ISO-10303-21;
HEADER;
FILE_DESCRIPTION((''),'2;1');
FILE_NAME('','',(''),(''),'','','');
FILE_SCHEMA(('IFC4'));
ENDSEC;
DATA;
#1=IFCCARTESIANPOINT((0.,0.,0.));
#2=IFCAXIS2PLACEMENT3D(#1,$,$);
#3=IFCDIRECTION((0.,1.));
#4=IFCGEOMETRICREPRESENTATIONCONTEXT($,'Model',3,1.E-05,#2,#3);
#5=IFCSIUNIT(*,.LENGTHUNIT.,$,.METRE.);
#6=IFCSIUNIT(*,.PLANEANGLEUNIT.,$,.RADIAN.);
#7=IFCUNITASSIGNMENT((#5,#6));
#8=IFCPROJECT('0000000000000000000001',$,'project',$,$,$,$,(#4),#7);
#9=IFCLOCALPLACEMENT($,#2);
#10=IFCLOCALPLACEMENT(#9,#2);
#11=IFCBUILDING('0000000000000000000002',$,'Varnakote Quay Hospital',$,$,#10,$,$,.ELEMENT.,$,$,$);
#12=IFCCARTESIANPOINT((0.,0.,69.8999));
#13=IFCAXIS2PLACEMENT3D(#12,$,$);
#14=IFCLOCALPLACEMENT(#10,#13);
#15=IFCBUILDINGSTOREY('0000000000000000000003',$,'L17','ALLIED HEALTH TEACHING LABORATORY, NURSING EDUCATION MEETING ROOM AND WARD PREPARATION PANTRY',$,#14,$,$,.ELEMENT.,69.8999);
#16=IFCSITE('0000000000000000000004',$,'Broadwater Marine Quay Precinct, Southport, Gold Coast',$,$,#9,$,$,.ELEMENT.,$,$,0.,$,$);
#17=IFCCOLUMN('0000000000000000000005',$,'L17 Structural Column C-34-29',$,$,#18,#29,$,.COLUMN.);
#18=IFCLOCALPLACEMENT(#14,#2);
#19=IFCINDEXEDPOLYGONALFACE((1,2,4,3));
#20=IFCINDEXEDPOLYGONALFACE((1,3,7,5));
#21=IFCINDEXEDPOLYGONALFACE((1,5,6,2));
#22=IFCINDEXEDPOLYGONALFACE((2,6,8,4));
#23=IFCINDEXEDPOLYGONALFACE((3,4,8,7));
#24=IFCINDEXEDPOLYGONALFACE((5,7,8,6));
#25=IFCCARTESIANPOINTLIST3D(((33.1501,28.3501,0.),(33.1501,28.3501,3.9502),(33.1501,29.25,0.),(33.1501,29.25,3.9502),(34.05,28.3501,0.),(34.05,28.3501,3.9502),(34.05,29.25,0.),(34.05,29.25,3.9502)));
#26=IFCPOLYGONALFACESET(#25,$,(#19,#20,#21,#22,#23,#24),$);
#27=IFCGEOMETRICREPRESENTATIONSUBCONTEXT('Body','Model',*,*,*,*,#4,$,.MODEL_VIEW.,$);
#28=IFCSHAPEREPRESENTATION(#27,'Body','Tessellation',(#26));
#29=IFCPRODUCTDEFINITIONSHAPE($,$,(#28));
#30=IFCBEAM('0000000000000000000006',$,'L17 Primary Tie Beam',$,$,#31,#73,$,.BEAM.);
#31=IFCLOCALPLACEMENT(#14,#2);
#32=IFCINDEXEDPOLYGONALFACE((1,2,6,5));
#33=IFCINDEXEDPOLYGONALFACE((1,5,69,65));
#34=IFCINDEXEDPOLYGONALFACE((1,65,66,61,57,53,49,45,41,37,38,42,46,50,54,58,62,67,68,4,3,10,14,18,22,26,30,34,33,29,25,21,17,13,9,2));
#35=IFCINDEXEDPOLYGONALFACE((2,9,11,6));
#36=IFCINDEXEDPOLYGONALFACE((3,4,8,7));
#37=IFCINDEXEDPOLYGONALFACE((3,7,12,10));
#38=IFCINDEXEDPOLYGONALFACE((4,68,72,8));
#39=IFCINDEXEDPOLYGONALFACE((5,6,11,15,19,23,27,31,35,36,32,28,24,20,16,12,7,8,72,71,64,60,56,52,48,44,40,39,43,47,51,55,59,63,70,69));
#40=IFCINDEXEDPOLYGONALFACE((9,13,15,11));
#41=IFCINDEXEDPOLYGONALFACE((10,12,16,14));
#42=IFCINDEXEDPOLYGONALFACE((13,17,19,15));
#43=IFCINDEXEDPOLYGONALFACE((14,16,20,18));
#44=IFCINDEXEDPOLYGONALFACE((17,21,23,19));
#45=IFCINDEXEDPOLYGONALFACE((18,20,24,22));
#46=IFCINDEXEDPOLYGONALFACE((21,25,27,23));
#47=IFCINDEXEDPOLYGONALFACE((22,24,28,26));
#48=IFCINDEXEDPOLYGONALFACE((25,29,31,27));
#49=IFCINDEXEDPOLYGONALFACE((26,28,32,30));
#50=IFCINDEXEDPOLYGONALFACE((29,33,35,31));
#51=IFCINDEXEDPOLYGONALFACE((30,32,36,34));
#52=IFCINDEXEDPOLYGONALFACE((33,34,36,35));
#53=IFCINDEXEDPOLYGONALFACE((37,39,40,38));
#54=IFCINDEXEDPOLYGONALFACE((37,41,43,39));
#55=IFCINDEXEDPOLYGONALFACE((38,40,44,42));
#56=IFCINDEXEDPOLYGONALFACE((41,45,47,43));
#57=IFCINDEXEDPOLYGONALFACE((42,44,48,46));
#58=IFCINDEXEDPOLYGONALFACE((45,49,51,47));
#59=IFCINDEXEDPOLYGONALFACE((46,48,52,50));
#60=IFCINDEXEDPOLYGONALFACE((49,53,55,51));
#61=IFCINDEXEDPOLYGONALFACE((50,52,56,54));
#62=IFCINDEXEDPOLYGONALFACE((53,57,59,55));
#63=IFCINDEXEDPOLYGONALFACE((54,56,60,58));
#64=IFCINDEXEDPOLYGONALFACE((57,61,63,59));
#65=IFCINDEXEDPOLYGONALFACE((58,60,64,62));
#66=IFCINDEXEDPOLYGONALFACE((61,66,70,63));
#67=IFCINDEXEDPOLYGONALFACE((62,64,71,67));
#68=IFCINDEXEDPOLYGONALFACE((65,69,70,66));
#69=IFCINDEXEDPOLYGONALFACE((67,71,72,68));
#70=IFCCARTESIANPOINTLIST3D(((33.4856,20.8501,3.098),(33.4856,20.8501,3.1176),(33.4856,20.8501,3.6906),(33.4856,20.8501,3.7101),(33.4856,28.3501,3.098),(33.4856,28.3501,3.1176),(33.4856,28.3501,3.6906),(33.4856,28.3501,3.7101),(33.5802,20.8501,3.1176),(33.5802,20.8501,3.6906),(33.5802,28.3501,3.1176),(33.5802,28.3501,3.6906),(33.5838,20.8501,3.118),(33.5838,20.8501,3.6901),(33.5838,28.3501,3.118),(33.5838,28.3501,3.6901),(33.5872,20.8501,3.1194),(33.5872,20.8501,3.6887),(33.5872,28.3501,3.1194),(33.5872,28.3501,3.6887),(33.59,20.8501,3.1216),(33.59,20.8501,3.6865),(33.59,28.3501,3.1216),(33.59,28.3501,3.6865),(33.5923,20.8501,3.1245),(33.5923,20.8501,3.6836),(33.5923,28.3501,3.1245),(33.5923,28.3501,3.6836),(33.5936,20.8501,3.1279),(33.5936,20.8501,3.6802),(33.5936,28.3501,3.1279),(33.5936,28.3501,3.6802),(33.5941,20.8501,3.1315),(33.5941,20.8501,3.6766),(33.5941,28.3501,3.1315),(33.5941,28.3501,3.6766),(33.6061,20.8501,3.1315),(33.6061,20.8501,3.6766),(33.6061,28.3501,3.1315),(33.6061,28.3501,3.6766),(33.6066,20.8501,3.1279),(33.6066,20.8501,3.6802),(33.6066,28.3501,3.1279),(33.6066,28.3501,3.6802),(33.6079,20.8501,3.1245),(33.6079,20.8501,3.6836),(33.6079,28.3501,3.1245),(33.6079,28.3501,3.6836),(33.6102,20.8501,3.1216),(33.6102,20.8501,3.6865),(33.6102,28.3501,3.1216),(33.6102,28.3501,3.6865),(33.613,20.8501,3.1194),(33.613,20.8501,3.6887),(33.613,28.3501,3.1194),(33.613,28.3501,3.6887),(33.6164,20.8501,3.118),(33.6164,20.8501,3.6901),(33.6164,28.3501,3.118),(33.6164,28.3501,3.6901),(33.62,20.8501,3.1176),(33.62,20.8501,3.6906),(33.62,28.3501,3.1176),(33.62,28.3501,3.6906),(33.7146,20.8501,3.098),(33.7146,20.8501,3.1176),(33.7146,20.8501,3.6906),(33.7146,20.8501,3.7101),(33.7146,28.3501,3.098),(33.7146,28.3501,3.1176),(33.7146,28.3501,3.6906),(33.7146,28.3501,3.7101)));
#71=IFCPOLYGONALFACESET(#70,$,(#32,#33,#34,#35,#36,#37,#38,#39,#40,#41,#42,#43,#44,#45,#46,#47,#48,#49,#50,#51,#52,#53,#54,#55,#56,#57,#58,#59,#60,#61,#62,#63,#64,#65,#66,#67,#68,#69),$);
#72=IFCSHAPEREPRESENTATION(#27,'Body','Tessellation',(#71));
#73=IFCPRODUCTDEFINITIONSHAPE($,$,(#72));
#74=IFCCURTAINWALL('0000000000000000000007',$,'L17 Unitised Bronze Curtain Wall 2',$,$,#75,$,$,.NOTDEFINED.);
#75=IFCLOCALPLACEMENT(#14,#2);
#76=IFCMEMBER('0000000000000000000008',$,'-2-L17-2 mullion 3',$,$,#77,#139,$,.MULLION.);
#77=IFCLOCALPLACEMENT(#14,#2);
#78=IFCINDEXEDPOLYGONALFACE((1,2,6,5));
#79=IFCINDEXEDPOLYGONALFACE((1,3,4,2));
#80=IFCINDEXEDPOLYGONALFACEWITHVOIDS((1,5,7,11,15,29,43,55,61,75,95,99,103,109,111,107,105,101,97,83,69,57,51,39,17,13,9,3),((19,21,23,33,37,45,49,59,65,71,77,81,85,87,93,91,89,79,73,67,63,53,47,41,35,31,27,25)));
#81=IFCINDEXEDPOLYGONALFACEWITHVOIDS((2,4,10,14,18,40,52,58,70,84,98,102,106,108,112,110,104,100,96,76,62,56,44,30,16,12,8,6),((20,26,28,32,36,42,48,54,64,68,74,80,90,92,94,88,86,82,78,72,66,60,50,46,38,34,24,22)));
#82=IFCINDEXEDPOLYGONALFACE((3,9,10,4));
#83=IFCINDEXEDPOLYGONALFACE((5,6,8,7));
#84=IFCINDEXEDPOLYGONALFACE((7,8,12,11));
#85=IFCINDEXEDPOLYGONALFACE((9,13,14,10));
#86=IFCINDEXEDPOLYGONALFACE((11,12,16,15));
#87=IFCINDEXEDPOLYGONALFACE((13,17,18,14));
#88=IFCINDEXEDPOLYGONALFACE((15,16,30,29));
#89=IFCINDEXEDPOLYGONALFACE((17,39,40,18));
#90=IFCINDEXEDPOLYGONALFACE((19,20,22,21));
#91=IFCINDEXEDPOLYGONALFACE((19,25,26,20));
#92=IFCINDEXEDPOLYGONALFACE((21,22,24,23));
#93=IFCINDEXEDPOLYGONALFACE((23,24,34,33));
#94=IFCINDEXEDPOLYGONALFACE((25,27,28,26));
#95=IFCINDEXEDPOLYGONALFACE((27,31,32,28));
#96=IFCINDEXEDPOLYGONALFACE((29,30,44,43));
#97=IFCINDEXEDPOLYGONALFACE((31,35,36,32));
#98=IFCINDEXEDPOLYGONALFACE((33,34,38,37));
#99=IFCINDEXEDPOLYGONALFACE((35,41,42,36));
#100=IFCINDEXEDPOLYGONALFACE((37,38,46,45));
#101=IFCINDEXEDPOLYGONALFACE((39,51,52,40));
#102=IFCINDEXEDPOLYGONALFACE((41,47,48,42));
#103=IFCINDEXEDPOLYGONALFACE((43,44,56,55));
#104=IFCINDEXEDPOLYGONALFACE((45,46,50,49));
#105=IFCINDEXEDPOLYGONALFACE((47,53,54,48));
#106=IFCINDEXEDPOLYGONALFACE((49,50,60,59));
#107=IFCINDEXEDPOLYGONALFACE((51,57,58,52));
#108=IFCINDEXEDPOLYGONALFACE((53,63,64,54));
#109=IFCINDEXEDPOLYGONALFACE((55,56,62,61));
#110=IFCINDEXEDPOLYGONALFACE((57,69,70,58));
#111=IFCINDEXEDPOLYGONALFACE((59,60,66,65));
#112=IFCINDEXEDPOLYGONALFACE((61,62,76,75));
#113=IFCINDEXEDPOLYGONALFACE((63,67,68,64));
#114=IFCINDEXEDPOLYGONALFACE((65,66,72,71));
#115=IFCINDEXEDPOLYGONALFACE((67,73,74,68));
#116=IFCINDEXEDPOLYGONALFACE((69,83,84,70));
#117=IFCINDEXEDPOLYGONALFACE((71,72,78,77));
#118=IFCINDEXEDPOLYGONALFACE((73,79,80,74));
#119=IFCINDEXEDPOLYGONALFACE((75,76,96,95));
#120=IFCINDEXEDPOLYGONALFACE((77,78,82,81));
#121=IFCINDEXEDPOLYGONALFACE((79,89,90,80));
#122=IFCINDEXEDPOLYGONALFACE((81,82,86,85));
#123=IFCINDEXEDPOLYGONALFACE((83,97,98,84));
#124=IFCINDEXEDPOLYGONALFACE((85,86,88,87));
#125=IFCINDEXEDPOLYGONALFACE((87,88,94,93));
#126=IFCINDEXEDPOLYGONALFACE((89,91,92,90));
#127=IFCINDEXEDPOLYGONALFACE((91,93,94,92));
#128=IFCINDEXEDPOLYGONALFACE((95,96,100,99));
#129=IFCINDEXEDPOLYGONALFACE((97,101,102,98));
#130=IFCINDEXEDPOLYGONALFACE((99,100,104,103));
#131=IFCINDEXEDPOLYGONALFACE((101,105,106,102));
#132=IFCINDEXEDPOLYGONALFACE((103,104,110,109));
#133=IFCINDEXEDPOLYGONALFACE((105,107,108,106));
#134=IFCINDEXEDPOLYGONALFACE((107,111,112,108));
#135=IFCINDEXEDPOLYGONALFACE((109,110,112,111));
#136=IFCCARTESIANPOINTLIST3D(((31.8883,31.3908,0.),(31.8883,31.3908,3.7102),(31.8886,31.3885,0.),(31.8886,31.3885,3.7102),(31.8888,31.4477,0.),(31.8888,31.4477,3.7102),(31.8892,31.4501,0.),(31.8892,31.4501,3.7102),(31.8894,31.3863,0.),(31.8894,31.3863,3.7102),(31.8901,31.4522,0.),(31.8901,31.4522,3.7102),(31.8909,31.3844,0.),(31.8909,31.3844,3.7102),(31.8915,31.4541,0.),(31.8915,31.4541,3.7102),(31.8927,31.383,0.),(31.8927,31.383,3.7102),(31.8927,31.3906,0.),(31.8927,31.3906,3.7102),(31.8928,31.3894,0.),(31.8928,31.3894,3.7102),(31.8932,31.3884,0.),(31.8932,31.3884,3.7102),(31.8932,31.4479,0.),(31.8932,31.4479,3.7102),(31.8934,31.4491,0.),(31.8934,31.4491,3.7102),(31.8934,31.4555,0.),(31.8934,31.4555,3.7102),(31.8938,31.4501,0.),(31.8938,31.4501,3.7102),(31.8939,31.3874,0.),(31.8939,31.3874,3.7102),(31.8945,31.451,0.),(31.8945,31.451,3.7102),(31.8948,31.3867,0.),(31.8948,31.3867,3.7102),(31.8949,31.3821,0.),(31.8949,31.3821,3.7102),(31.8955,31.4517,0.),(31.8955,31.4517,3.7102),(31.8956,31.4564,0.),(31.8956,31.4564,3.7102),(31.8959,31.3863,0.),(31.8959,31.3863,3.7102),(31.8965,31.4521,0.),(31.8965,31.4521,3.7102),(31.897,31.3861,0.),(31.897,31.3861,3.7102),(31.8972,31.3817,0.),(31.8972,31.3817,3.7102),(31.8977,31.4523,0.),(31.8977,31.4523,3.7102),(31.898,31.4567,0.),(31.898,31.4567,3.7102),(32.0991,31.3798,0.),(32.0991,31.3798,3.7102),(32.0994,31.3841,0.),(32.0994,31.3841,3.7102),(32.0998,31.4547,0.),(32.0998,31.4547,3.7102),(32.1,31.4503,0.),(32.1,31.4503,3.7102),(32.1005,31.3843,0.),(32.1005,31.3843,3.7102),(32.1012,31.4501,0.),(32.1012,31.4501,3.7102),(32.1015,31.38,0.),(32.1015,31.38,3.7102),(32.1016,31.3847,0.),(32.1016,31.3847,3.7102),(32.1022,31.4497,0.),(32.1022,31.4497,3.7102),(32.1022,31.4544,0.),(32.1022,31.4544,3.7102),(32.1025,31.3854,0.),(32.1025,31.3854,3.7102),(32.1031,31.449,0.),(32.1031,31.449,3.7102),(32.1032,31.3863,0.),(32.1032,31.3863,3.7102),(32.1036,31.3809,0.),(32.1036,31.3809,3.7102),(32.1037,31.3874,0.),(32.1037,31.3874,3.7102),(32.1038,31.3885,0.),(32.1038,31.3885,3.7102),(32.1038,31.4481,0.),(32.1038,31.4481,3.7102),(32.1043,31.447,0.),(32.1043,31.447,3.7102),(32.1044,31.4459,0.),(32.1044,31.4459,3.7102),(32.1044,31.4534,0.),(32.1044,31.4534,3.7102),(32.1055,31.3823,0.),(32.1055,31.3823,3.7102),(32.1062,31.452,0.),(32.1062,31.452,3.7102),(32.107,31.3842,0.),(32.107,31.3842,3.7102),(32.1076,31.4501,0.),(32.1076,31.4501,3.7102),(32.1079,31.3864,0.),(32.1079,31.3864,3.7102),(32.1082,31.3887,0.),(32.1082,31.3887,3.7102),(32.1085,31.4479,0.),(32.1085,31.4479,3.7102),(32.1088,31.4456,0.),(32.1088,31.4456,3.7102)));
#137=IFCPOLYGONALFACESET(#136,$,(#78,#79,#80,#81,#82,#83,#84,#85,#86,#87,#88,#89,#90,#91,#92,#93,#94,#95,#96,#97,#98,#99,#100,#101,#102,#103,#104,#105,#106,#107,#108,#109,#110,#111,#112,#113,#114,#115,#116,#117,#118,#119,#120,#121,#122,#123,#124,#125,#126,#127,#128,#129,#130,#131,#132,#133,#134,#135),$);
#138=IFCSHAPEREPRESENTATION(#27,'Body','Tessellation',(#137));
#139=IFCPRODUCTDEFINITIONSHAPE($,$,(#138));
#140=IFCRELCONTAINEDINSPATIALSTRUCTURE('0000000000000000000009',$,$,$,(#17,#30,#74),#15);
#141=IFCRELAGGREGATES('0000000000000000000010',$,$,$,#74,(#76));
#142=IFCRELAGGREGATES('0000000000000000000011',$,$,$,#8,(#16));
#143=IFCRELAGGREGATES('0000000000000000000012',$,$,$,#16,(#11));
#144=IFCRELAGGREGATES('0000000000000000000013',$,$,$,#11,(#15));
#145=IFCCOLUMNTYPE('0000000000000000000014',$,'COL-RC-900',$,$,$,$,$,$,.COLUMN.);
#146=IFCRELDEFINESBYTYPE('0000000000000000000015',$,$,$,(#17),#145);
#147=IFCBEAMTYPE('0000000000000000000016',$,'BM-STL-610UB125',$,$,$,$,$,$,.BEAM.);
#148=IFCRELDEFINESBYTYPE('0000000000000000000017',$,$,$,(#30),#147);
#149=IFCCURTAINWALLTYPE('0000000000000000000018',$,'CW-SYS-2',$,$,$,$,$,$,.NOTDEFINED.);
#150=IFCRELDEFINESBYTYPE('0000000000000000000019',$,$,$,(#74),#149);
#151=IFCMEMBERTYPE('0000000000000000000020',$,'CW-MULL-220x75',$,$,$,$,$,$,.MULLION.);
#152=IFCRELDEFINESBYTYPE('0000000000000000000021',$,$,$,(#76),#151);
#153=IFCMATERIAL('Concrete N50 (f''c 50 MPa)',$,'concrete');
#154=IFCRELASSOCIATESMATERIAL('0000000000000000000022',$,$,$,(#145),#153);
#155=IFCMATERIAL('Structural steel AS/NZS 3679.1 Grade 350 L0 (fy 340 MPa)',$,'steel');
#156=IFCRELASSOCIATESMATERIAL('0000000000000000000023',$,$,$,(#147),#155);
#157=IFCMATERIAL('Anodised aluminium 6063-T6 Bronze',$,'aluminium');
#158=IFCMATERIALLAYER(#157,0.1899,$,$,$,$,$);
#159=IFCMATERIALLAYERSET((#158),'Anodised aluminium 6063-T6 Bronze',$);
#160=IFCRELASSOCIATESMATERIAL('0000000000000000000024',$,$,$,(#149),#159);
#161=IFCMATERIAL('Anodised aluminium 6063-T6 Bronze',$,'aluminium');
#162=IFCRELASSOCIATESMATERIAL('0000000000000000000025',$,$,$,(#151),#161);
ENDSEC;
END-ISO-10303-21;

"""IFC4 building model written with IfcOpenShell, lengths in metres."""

from ifc_helpers import new_model, si_unit, direction, frame, origin, origin_2d, place, context, subcontext, project, spatial, rectangle, hollow_rectangle, i_section, extrude, material, layer, layer_set, material_profile, profile_set, type_object, element, aggregate, save


model = new_model("IFC4")

# Units and contexts
model_context = context("Model", 3, precision=1e-05, world=origin(), true_north=direction((0.0, 1.0)))
body_context = subcontext(model_context, "Body", "Model", "MODEL_VIEW")
ifc_project = project(units=[si_unit("LENGTHUNIT", "METRE"), si_unit("PLANEANGLEUNIT", "RADIAN")], contexts=[model_context])

# Site, building, storey
site_placement = place(None, origin())
site = spatial("IfcSite", under=ifc_project, at=site_placement, Name="Broadwater Marine Quay Precinct, Southport, Gold Coast", CompositionType="ELEMENT", RefElevation=0.0)
building_placement = place(site_placement, origin())
building = spatial("IfcBuilding", under=site, at=building_placement, Name="Varnakote Quay Hospital", CompositionType="ELEMENT")
storey_placement = place(building_placement, frame((0.0, 0.0, 69.8999)))
storey = spatial("IfcBuildingStorey", under=building, at=storey_placement, Name="L17", Description="ALLIED HEALTH TEACHING LABORATORY, NURSING EDUCATION MEETING ROOM AND WARD PREPARATION PANTRY", CompositionType="ELEMENT", Elevation=69.8999)

# Column
ifc_material_1 = material(Name="Concrete N50 (f'c 50 MPa)", Category="concrete")
ifc_material_profile_1 = material_profile(ifc_material_1, rectangle(XDim=0.8999, YDim=0.8999, at=origin_2d()), Name="RC-COL-900x900")
ifc_profile_set_1 = profile_set([ifc_material_profile_1], Name="Concrete N50 (f'c 50 MPa)")
column_type = type_object("IfcColumnType", Name="COL-RC-900", PredefinedType="COLUMN", material=ifc_profile_set_1)
column_placement = place(storey_placement, frame((33.6001, 28.8, 0.0), z_axis=(0.0, 0.0, 1.0), x_axis=(1.0, 0.0, 0.0)))
element("IfcColumn", 1, at=column_placement, inside=storey, type_object=column_type, Name="L17 Structural Column C-34-29", PredefinedType="COLUMN", context=body_context, shape_type="SweptSolid", body=[
    extrude(rectangle(XDim=0.8999, YDim=0.8999, at=origin_2d()), origin(), (0.0, 0.0, 1.0), 3.9502),
])

# Beam
ifc_material_2 = material(Name="Structural steel AS/NZS 3679.1 Grade 350 L0 (fy 340 MPa)", Category="steel")
ifc_material_profile_2 = material_profile(ifc_material_2, i_section(OverallWidth=0.229, OverallDepth=0.6121, WebThickness=0.012, FlangeThickness=0.0195, FilletRadius=0.0139, at=origin_2d()), Name="610UB125")
ifc_profile_set_2 = profile_set([ifc_material_profile_2], Name="Structural steel AS/NZS 3679.1 Grade 350 L0 (fy 340 MPa)")
beam_type_1 = type_object("IfcBeamType", Name="BM-STL-610UB125", PredefinedType="BEAM", material=ifc_profile_set_2)
beam_1_placement = place(storey_placement, frame((33.6001, 20.8501, 3.4041), z_axis=(0.0, 1.0, 0.0), x_axis=(-1.0, 0.0, 0.0)))
element("IfcBeam", 2, at=beam_1_placement, inside=storey, type_object=beam_type_1, Name="L17 Primary Tie Beam", PredefinedType="BEAM", context=body_context, shape_type="SweptSolid", body=[
    extrude(i_section(OverallWidth=0.229, OverallDepth=0.6121, WebThickness=0.012, FlangeThickness=0.0195, FilletRadius=0.0139, at=origin_2d()), origin(), (0.0, 0.0, 1.0), 7.5),
])

# Curtain wall, member
ifc_material_3 = material(Name="Anodised aluminium 6063-T6 Bronze", Category="aluminium")
ifc_layer_1 = layer(ifc_material_3, 0.1899)
ifc_layer_set_1 = layer_set([ifc_layer_1], Name="Anodised aluminium 6063-T6 Bronze")
curtain_wall_type = type_object("IfcCurtainWallType", Name="CW-SYS-2", PredefinedType="NOTDEFINED", material=ifc_layer_set_1)
curtain_wall_placement = place(storey_placement, origin())
curtain_wall = element("IfcCurtainWall", 3, at=curtain_wall_placement, inside=storey, type_object=curtain_wall_type, Name="L17 Unitised Bronze Curtain Wall 2", PredefinedType="NOTDEFINED")
ifc_material_4 = material(Name="Anodised aluminium 6063-T6 Bronze", Category="aluminium")
ifc_material_profile_3 = material_profile(ifc_material_4, hollow_rectangle(XDim=0.075, YDim=0.22, WallThickness=0.0044, InnerFilletRadius=0.0044, OuterFilletRadius=0.009, at=origin_2d()), Name="CW-MULL-220x75")
ifc_profile_set_3 = profile_set([ifc_material_profile_3], Name="Anodised aluminium 6063-T6 Bronze")
member_type_1 = type_object("IfcMemberType", Name="CW-MULL-220x75", PredefinedType="MULLION", material=ifc_profile_set_3)
member_1_placement = place(storey_placement, frame((31.9985, 31.4182, 0.0), z_axis=(0.0, 0.0, 1.0), x_axis=(-0.009774, -0.999952, 0.0)))
member_1 = element("IfcMember", 4, at=member_1_placement, type_object=member_type_1, Name="-2-L17-2 mullion 3", PredefinedType="MULLION", context=body_context, shape_type="SweptSolid", body=[
    extrude(hollow_rectangle(XDim=0.075, YDim=0.22, WallThickness=0.0044, InnerFilletRadius=0.0044, OuterFilletRadius=0.009, at=origin_2d()), origin(), (0.0, 0.0, 1.0), 3.7102),
])

aggregate(curtain_wall, [member_1])

save(model, "model.ifc")
